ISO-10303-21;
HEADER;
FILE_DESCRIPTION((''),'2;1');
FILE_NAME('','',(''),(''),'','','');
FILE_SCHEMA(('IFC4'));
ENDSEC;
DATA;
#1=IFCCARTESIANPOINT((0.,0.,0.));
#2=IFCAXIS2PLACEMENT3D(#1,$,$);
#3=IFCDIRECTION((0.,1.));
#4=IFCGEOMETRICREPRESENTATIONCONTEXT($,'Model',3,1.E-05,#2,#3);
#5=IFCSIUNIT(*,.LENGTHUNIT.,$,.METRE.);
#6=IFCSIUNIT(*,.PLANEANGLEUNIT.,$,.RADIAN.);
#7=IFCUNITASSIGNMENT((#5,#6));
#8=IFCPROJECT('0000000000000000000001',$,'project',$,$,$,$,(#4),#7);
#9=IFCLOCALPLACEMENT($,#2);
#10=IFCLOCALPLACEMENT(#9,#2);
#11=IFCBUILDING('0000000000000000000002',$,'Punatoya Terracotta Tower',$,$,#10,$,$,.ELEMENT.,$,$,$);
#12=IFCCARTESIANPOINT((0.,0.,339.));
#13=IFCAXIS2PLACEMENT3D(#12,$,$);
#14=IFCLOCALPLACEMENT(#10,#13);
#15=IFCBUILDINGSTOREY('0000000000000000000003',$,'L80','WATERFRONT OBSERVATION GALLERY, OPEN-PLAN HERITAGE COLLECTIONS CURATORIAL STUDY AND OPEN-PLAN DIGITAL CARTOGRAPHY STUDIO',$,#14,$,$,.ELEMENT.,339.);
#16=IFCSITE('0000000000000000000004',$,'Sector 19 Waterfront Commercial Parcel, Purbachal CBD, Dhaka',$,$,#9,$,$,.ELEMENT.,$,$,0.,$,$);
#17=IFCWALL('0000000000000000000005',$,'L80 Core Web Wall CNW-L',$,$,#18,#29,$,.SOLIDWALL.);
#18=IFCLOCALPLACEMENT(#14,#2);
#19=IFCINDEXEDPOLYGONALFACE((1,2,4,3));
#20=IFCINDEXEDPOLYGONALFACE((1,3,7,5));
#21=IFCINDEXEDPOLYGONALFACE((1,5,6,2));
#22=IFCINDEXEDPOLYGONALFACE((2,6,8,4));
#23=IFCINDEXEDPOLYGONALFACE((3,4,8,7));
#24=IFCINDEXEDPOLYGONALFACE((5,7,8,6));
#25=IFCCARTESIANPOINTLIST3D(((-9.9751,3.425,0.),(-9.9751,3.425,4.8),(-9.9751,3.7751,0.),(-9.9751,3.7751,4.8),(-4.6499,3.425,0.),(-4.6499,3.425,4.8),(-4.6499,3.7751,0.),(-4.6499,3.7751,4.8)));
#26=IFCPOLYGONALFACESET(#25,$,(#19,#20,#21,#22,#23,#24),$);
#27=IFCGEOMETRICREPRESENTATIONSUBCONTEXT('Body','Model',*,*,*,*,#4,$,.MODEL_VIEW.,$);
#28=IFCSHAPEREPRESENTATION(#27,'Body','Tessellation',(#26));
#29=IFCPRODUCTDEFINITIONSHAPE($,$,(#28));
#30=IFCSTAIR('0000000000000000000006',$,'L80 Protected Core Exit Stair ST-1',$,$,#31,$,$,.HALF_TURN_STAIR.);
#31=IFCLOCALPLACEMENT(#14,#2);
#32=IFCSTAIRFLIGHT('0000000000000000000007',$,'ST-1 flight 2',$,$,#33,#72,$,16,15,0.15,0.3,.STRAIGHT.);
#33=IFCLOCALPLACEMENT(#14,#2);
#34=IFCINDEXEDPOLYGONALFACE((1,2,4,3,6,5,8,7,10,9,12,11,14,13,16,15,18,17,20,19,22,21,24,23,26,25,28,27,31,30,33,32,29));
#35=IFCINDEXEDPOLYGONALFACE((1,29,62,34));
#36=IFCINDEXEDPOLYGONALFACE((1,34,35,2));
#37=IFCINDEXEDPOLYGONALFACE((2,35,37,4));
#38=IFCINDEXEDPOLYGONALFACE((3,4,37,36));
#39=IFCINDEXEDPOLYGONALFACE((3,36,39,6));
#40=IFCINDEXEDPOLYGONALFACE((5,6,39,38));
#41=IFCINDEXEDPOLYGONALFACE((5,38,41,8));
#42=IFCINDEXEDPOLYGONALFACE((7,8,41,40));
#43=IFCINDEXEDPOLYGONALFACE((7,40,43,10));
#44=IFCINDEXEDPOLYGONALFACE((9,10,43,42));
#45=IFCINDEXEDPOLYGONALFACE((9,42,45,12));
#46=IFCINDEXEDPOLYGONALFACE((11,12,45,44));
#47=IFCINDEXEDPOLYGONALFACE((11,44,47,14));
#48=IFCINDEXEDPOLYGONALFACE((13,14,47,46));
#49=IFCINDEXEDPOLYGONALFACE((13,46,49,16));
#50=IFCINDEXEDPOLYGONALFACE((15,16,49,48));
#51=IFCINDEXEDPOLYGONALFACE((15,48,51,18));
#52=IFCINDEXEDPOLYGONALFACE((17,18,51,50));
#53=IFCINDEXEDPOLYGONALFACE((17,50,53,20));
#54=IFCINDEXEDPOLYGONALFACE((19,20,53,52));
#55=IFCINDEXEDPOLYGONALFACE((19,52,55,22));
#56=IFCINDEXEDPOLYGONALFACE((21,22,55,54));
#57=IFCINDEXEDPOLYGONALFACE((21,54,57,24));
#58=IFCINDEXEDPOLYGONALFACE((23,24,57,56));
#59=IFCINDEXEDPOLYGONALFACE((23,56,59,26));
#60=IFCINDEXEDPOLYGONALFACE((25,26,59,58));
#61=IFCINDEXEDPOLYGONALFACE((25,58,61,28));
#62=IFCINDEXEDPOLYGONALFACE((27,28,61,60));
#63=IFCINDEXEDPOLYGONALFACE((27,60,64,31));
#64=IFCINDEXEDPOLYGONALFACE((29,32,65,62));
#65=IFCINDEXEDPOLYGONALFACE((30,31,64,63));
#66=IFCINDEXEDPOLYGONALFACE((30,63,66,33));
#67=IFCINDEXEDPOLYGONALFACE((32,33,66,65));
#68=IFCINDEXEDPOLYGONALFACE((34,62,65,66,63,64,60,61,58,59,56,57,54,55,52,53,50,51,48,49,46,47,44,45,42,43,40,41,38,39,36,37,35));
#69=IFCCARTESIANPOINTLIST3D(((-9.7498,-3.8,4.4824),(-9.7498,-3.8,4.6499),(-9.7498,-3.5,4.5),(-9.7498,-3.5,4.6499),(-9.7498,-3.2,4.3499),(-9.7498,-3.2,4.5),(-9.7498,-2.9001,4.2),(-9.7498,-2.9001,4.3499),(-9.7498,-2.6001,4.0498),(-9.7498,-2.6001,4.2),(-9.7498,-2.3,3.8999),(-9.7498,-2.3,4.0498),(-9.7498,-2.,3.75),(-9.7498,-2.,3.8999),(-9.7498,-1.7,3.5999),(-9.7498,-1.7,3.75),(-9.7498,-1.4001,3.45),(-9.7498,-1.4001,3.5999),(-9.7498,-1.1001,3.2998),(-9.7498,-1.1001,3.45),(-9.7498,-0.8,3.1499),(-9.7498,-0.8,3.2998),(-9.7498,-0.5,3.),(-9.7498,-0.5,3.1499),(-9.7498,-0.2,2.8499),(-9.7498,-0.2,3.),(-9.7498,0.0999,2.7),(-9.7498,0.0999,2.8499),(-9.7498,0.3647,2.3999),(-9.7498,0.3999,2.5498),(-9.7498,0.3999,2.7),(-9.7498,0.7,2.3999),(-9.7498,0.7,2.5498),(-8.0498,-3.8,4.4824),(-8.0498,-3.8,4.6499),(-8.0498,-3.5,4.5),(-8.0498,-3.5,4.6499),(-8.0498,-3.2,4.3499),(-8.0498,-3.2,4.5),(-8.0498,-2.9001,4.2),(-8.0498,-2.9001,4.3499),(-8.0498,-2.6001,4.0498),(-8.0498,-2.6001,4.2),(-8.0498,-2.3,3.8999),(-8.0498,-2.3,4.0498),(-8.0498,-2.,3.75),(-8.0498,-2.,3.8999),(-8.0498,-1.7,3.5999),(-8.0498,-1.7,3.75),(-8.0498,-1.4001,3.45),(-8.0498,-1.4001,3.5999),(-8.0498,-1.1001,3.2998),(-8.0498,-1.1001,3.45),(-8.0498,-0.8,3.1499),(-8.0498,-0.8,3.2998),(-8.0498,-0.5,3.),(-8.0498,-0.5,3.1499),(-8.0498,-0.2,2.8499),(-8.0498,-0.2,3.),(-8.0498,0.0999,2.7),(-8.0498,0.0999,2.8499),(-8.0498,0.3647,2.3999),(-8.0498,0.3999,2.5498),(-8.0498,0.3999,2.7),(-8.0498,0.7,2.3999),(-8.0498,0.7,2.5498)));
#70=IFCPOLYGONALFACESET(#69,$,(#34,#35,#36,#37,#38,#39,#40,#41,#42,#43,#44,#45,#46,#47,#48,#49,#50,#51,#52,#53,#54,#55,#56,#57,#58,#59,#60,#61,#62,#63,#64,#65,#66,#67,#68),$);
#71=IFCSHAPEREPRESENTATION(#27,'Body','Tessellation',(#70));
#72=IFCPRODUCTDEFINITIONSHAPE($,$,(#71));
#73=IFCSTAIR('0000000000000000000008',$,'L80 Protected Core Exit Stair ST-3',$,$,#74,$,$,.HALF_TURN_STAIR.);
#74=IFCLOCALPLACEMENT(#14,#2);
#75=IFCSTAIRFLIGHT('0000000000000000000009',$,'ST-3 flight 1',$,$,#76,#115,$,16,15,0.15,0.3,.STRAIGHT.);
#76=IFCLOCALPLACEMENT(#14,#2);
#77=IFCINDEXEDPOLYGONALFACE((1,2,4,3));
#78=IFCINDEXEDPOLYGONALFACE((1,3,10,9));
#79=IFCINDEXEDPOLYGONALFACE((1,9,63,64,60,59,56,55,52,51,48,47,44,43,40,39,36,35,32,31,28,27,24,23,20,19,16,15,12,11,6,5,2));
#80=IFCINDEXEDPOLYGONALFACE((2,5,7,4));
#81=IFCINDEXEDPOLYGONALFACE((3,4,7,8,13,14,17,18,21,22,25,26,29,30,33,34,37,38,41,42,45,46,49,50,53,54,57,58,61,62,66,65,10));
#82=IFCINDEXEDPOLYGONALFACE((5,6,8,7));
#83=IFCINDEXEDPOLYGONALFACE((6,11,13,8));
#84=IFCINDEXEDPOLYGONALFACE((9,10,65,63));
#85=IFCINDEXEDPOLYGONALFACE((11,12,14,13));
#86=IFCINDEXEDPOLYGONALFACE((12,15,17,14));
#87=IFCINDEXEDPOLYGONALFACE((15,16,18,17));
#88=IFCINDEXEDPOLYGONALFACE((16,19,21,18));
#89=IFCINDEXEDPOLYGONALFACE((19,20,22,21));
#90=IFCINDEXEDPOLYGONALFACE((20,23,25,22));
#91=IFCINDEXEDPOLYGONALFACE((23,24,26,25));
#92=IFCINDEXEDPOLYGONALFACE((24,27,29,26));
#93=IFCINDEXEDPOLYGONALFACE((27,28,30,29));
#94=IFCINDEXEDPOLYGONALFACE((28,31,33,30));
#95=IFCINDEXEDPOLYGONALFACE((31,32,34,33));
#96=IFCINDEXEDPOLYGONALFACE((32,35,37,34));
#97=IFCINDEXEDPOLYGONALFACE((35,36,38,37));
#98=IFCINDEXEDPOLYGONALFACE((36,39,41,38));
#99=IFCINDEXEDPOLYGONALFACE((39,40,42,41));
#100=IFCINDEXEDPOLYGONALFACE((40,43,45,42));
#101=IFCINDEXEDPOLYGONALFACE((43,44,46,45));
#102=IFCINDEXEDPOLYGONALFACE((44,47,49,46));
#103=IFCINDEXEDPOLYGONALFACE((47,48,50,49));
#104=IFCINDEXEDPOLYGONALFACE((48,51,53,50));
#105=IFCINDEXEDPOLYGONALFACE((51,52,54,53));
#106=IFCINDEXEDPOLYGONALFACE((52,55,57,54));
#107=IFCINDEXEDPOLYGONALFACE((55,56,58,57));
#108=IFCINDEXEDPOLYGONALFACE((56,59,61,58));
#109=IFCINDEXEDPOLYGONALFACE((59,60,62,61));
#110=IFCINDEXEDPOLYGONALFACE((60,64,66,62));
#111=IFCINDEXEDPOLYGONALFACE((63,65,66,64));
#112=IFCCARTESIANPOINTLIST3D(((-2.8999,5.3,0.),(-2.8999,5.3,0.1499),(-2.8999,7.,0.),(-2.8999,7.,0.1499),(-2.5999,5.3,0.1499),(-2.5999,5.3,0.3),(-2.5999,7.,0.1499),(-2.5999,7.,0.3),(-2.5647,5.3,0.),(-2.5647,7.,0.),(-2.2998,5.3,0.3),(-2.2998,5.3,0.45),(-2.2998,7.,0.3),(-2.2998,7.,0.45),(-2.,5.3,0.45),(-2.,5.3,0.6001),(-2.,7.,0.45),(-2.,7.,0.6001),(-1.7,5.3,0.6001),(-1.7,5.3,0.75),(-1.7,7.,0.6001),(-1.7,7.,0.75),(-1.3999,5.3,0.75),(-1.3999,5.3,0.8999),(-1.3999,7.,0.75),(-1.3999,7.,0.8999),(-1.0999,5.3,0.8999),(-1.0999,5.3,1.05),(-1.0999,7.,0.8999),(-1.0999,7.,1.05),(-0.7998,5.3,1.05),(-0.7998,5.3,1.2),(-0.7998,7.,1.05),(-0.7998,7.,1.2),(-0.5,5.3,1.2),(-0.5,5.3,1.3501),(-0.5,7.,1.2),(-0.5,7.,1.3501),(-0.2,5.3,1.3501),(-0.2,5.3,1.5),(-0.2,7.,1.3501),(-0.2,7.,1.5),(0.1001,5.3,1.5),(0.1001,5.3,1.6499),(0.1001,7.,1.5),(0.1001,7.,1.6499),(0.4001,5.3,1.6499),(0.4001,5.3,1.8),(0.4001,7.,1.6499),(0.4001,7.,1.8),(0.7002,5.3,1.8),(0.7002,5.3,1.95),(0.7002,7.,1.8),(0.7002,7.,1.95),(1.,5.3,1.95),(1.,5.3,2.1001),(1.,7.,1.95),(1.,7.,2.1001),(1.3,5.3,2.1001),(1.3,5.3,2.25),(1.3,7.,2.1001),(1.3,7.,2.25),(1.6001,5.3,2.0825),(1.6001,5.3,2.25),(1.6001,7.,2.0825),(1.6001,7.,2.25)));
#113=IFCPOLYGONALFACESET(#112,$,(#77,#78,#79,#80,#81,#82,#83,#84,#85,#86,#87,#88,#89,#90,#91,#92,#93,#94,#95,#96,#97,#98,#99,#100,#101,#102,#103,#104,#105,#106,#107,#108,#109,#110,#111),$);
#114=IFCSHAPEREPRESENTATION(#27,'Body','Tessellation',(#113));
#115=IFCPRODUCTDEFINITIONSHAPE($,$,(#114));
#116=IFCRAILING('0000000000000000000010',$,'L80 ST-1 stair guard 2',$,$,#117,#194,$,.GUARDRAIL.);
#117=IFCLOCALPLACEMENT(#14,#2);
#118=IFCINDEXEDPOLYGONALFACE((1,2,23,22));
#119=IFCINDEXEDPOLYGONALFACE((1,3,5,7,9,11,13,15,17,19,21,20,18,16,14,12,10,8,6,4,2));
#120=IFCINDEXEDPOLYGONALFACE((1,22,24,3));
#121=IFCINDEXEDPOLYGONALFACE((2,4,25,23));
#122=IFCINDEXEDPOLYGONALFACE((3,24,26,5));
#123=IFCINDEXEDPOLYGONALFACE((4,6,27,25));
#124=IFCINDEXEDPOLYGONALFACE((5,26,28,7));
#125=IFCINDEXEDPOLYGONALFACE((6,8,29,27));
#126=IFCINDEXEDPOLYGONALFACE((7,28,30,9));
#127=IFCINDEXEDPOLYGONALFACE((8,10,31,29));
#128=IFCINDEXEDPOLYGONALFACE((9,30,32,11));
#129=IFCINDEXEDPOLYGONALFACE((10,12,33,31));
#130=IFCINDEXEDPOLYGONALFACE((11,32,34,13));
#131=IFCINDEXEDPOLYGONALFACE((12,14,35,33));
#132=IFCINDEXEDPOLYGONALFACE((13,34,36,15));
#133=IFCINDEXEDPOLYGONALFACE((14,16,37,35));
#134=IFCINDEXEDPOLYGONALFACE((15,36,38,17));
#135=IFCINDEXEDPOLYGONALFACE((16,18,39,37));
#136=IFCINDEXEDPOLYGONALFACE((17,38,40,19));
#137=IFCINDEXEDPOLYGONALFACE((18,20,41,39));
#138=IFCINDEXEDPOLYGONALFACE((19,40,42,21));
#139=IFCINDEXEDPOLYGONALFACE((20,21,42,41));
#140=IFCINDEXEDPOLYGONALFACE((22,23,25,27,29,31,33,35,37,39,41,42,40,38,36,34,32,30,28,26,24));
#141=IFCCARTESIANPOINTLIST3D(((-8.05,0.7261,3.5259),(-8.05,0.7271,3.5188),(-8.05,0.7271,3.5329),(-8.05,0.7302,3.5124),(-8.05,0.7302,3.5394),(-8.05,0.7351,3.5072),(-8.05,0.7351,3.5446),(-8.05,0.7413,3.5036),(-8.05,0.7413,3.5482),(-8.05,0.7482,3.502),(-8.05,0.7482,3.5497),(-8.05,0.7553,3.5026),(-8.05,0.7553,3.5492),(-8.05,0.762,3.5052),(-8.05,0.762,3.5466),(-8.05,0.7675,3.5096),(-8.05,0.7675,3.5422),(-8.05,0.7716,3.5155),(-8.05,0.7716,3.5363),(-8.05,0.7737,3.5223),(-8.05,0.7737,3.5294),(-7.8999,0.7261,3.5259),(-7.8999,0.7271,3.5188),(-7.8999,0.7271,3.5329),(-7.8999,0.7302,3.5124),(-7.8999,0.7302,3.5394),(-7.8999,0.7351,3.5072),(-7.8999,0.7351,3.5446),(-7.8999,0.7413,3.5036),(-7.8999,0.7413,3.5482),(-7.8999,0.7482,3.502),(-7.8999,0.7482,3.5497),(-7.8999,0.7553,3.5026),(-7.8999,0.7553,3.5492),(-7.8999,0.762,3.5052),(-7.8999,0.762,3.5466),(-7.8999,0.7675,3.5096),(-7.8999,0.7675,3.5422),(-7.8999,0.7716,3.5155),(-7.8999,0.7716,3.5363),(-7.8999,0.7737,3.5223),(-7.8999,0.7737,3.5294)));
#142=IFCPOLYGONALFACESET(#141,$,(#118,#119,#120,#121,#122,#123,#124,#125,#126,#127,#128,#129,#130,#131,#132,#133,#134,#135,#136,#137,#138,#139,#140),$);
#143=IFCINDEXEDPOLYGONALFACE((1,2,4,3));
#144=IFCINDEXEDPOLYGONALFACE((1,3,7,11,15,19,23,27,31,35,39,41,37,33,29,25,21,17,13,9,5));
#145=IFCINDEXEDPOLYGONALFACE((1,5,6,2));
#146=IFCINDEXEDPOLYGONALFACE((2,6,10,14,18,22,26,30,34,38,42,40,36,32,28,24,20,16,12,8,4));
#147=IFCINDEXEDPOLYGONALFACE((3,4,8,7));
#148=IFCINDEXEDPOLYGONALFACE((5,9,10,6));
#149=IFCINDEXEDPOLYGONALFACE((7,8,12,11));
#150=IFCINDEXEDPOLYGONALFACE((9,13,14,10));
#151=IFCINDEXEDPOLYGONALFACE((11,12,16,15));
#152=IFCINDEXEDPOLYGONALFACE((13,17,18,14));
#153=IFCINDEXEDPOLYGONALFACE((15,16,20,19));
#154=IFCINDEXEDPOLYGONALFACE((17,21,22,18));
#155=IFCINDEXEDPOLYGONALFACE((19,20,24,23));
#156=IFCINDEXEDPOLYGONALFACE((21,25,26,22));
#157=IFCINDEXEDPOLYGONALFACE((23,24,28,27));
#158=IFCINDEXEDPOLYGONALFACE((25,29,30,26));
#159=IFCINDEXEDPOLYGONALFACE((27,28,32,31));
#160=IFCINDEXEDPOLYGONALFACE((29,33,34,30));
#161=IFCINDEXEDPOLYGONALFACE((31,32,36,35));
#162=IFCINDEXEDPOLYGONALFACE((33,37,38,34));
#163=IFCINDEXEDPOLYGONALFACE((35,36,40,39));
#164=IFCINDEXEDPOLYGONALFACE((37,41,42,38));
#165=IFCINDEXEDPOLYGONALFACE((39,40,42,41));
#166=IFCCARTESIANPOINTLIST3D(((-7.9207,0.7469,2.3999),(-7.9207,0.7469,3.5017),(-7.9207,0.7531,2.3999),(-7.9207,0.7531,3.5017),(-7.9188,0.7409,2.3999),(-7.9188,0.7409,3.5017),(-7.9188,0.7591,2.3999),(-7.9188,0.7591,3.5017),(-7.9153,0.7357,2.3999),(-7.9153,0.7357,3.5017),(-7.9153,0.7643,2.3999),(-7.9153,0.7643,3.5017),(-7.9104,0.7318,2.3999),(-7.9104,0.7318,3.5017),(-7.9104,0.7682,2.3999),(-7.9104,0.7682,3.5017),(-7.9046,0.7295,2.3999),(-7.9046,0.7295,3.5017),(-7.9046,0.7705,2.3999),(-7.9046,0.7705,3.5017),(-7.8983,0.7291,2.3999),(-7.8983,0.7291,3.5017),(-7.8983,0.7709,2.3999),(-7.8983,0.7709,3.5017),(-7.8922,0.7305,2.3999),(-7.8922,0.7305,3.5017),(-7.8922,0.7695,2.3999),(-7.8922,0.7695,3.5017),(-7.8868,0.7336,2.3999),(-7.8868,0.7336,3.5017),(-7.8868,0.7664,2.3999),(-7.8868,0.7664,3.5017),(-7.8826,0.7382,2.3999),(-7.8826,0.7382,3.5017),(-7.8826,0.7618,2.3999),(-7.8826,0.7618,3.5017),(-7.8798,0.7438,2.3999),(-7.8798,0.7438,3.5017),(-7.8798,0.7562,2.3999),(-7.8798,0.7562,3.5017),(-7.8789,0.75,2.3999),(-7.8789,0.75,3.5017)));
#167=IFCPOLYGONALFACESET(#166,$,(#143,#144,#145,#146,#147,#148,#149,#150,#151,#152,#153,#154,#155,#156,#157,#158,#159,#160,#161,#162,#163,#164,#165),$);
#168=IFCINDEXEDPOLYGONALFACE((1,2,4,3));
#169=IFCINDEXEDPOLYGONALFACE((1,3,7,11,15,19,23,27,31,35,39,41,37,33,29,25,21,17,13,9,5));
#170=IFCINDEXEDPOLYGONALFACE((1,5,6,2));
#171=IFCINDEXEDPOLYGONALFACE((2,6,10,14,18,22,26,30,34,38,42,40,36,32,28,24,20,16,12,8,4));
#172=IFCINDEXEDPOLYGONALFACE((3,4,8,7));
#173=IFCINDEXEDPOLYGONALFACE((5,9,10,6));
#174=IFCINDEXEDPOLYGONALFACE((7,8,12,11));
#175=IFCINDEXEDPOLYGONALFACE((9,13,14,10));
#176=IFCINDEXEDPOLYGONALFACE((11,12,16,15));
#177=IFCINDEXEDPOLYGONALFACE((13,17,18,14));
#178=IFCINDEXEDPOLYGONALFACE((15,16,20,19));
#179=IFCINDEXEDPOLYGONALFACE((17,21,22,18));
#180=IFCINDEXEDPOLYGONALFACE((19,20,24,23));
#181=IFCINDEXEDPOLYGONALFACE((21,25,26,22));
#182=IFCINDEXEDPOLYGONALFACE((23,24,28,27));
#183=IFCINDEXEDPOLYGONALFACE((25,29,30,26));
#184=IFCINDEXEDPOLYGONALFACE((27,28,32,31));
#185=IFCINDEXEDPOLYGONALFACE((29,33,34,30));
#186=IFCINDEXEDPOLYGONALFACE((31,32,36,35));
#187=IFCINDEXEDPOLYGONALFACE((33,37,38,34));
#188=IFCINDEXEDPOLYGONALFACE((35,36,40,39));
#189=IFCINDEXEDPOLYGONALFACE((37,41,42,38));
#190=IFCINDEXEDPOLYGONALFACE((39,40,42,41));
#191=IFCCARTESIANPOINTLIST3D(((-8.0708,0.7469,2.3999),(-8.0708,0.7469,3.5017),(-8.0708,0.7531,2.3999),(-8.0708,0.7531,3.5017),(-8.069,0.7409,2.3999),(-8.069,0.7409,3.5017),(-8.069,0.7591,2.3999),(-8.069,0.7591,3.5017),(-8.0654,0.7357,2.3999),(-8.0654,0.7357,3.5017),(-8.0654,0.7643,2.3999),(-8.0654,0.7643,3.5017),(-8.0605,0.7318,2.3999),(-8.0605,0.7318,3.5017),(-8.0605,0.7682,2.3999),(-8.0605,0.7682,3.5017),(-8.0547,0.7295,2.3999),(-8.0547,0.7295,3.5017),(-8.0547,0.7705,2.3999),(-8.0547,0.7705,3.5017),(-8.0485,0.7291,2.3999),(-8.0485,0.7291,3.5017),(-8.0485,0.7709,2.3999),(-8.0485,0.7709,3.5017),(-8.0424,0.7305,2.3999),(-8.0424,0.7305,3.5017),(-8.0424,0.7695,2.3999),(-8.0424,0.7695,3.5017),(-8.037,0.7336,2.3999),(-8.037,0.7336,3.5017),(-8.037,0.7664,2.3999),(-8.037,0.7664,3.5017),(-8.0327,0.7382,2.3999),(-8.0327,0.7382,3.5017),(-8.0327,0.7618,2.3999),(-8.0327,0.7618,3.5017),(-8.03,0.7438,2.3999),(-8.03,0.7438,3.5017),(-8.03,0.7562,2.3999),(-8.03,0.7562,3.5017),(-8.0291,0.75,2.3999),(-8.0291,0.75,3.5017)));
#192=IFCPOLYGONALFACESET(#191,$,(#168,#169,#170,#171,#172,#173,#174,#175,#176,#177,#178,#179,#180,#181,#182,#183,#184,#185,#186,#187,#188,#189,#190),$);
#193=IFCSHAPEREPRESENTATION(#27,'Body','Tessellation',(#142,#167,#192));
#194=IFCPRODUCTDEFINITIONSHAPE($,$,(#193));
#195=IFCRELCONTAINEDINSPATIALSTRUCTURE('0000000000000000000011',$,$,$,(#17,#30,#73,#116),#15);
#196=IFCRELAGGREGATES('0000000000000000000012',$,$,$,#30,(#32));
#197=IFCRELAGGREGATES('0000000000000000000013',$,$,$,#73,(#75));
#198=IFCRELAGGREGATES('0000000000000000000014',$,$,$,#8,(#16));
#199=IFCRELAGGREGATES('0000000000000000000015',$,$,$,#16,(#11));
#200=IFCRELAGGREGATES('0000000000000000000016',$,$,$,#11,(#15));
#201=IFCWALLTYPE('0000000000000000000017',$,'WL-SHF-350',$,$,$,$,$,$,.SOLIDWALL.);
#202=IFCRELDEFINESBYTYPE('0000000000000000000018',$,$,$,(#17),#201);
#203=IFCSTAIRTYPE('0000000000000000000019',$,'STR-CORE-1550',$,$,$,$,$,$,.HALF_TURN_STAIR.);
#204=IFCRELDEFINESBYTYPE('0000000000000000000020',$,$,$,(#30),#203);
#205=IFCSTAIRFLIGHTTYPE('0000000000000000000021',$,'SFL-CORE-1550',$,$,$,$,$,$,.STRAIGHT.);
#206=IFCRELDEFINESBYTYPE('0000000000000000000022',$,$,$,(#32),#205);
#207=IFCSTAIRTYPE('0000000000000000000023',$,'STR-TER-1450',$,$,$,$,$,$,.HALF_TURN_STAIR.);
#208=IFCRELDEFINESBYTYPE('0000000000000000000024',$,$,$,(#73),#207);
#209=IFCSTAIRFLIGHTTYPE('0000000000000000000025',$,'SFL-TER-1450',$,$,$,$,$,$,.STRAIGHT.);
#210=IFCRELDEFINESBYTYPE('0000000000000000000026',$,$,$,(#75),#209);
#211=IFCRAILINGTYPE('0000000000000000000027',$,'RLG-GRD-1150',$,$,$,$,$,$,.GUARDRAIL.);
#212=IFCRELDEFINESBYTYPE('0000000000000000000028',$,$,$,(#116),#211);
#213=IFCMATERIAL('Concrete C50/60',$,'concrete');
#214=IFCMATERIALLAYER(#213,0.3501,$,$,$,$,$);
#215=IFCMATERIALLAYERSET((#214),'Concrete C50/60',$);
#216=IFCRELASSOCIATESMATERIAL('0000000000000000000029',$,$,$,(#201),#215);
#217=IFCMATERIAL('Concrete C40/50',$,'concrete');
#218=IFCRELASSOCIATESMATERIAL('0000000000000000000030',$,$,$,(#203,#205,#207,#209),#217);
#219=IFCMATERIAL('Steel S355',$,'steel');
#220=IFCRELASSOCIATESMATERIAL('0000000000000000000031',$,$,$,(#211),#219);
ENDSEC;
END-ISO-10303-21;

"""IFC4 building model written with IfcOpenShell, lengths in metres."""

from ifc_helpers import new_model, si_unit, direction, frame, frame_2d, origin, origin_2d, place, context, subcontext, project, spatial, polyline, rectangle, circle, outline, extrude, material, layer, layer_set, type_object, element, aggregate, save


model = new_model("IFC4")

# Units and contexts
model_context = context("Model", 3, precision=1e-05, world=origin(), true_north=direction((0.0, 1.0)))
body_context = subcontext(model_context, "Body", "Model", "MODEL_VIEW")
ifc_project = project(units=[si_unit("LENGTHUNIT", "METRE"), si_unit("PLANEANGLEUNIT", "RADIAN")], contexts=[model_context])

# Site, building, storey
site_placement = place(None, origin())
site = spatial("IfcSite", under=ifc_project, at=site_placement, Name="Sector 19 Waterfront Commercial Parcel, Purbachal CBD, Dhaka", CompositionType="ELEMENT", RefElevation=0.0)
building_placement = place(site_placement, origin())
building = spatial("IfcBuilding", under=site, at=building_placement, Name="Punatoya Terracotta Tower", CompositionType="ELEMENT")
storey_placement = place(building_placement, frame((0.0, 0.0, 339.0)))
storey = spatial("IfcBuildingStorey", under=building, at=storey_placement, Name="L80", Description="WATERFRONT OBSERVATION GALLERY, OPEN-PLAN HERITAGE COLLECTIONS CURATORIAL STUDY AND OPEN-PLAN DIGITAL CARTOGRAPHY STUDIO", CompositionType="ELEMENT", Elevation=339.0)

# Shared definitions
ifc_material_1 = material(Name="Concrete C50/60", Category="concrete")
ifc_material_2 = material(Name="Steel S355", Category="steel")

# Shared definitions
ifc_material_3 = material(Name="Concrete C40/50", Category="concrete")

# Wall
ifc_layer_1 = layer(ifc_material_1, 0.3501)
ifc_layer_set_1 = layer_set([ifc_layer_1], Name="Concrete C50/60")
wall_type_1 = type_object("IfcWallType", Name="WL-SHF-350", PredefinedType="SOLIDWALL", material=ifc_layer_set_1)
wall_1_placement = place(storey_placement, frame((-9.9751, 3.6001, 0.0), z_axis=(0.0, 0.0, 1.0), x_axis=(1.0, 0.0, 0.0)))
element("IfcWall", 1, at=wall_1_placement, inside=storey, type_object=wall_type_1, Name="L80 Core Web Wall CNW-L", PredefinedType="SOLIDWALL", context=body_context, shape_type="SweptSolid", body=[
    extrude(rectangle(XDim=5.3252, YDim=0.3501, at=frame_2d((2.6626, 0.0))), origin(), (0.0, 0.0, 1.0), 4.8),
])

# Stairs, stair flights
stair_type_1 = type_object("IfcStairType", Name="STR-CORE-1550", PredefinedType="HALF_TURN_STAIR", material=ifc_material_3)
stair_1_placement = place(storey_placement, origin())
stair_1 = element("IfcStair", 2, at=stair_1_placement, inside=storey, type_object=stair_type_1, Name="L80 Protected Core Exit Stair ST-1", PredefinedType="HALF_TURN_STAIR")
stair_flight_type_1 = type_object("IfcStairFlightType", Name="SFL-CORE-1550", PredefinedType="STRAIGHT", material=ifc_material_3)
stair_flight_1_placement = place(storey_placement, frame((-8.8999, 0.7, 2.3999), z_axis=(0.0, 0.0, 1.0), x_axis=(0.0, -1.0, 0.0)))
stair_flight_1 = element("IfcStairFlight", 3, at=stair_flight_1_placement, type_object=stair_flight_type_1, Name="ST-1 flight 2", NumberOfRisers=16, NumberOfTreads=15, PredefinedType="STRAIGHT", RiserHeight=0.15, TreadLength=0.3, context=body_context, shape_type="SweptSolid", body=[
    extrude(outline(polyline([(0.0, 0.0), (0.0, 0.1499), (0.3, 0.1499), (0.3, 0.3), (0.6001, 0.3), (0.6001, 0.45), (0.8999, 0.45), (0.8999, 0.6001), (1.2, 0.6001), (1.2, 0.75), (1.5, 0.75), (1.5, 0.8999), (1.8, 0.8999), (1.8, 1.05), (2.1001, 1.05), (2.1001, 1.2), (2.3999, 1.2), (2.3999, 1.3501), (2.7, 1.3501), (2.7, 1.5), (3.0, 1.5), (3.0, 1.6499), (3.3, 1.6499), (3.3, 1.8), (3.6001, 1.8), (3.6001, 1.95), (3.8999, 1.95), (3.8999, 2.1001), (4.2, 2.1001), (4.2, 2.25), (4.5, 2.25), (4.5, 2.3999), (4.5, 2.0825), (0.3352, 0.0), (0.0, 0.0)])), frame((0.0, 0.8501, 0.0), z_axis=(0.0, -1.0, 0.0), x_axis=(1.0, 0.0, 0.0)), (0.0, 0.0, 1.0), 1.7),
])
aggregate(stair_1, [stair_flight_1])
stair_type_2 = type_object("IfcStairType", Name="STR-TER-1450", PredefinedType="HALF_TURN_STAIR", material=ifc_material_3)
stair_2_placement = place(storey_placement, origin())
stair_2 = element("IfcStair", 4, at=stair_2_placement, inside=storey, type_object=stair_type_2, Name="L80 Protected Core Exit Stair ST-3", PredefinedType="HALF_TURN_STAIR")
stair_flight_type_2 = type_object("IfcStairFlightType", Name="SFL-TER-1450", PredefinedType="STRAIGHT", material=ifc_material_3)
stair_flight_2_placement = place(storey_placement, frame((-2.8999, 6.1499, 0.0), z_axis=(0.0, 0.0, 1.0), x_axis=(1.0, 0.0, 0.0)))
stair_flight_2 = element("IfcStairFlight", 5, at=stair_flight_2_placement, type_object=stair_flight_type_2, Name="ST-3 flight 1", NumberOfRisers=16, NumberOfTreads=15, PredefinedType="STRAIGHT", RiserHeight=0.15, TreadLength=0.3, context=body_context, shape_type="SweptSolid", body=[
    extrude(outline(polyline([(0.0, 0.0), (0.0, 0.1499), (0.3, 0.1499), (0.3, 0.3), (0.6001, 0.3), (0.6001, 0.45), (0.8999, 0.45), (0.8999, 0.6001), (1.2, 0.6001), (1.2, 0.75), (1.5, 0.75), (1.5, 0.8999), (1.8, 0.8999), (1.8, 1.05), (2.1001, 1.05), (2.1001, 1.2), (2.3999, 1.2), (2.3999, 1.3501), (2.7, 1.3501), (2.7, 1.5), (3.0, 1.5), (3.0, 1.6499), (3.3, 1.6499), (3.3, 1.8), (3.6001, 1.8), (3.6001, 1.95), (3.8999, 1.95), (3.8999, 2.1001), (4.2, 2.1001), (4.2, 2.25), (4.5, 2.25), (4.5, 2.3999), (4.5, 2.0825), (0.3352, 0.0), (0.0, 0.0)])), frame((0.0, 0.8501, 0.0), z_axis=(0.0, -1.0, 0.0), x_axis=(1.0, 0.0, 0.0)), (0.0, 0.0, 1.0), 1.7),
])
aggregate(stair_2, [stair_flight_2])

# Railing
railing_type_1 = type_object("IfcRailingType", Name="RLG-GRD-1150", PredefinedType="GUARDRAIL", material=ifc_material_2)
railing_1_placement = place(storey_placement, frame((-7.8999, 0.75, 2.3999)))
element("IfcRailing", 6, at=railing_1_placement, inside=storey, type_object=railing_type_1, Name="L80 ST-1 stair guard 2", PredefinedType="GUARDRAIL", context=body_context, shape_type="SweptSolid", body=[
    extrude(circle(Radius=0.0239, at=origin_2d()), frame((0.0, 0.0, 1.126), z_axis=(-1.0, 0.0, 0.0), x_axis=(0.0, -1.0, 0.0)), (0.0, 0.0, 1.0), 0.1501),
    extrude(circle(Radius=0.021, at=origin_2d()), origin(), (0.0, 0.0, 1.0), 1.1018),
    extrude(circle(Radius=0.021, at=origin_2d()), frame((-0.1501, 0.0, 0.0)), (0.0, 0.0, 1.0), 1.1018),
])

save(model, "model.ifc")
